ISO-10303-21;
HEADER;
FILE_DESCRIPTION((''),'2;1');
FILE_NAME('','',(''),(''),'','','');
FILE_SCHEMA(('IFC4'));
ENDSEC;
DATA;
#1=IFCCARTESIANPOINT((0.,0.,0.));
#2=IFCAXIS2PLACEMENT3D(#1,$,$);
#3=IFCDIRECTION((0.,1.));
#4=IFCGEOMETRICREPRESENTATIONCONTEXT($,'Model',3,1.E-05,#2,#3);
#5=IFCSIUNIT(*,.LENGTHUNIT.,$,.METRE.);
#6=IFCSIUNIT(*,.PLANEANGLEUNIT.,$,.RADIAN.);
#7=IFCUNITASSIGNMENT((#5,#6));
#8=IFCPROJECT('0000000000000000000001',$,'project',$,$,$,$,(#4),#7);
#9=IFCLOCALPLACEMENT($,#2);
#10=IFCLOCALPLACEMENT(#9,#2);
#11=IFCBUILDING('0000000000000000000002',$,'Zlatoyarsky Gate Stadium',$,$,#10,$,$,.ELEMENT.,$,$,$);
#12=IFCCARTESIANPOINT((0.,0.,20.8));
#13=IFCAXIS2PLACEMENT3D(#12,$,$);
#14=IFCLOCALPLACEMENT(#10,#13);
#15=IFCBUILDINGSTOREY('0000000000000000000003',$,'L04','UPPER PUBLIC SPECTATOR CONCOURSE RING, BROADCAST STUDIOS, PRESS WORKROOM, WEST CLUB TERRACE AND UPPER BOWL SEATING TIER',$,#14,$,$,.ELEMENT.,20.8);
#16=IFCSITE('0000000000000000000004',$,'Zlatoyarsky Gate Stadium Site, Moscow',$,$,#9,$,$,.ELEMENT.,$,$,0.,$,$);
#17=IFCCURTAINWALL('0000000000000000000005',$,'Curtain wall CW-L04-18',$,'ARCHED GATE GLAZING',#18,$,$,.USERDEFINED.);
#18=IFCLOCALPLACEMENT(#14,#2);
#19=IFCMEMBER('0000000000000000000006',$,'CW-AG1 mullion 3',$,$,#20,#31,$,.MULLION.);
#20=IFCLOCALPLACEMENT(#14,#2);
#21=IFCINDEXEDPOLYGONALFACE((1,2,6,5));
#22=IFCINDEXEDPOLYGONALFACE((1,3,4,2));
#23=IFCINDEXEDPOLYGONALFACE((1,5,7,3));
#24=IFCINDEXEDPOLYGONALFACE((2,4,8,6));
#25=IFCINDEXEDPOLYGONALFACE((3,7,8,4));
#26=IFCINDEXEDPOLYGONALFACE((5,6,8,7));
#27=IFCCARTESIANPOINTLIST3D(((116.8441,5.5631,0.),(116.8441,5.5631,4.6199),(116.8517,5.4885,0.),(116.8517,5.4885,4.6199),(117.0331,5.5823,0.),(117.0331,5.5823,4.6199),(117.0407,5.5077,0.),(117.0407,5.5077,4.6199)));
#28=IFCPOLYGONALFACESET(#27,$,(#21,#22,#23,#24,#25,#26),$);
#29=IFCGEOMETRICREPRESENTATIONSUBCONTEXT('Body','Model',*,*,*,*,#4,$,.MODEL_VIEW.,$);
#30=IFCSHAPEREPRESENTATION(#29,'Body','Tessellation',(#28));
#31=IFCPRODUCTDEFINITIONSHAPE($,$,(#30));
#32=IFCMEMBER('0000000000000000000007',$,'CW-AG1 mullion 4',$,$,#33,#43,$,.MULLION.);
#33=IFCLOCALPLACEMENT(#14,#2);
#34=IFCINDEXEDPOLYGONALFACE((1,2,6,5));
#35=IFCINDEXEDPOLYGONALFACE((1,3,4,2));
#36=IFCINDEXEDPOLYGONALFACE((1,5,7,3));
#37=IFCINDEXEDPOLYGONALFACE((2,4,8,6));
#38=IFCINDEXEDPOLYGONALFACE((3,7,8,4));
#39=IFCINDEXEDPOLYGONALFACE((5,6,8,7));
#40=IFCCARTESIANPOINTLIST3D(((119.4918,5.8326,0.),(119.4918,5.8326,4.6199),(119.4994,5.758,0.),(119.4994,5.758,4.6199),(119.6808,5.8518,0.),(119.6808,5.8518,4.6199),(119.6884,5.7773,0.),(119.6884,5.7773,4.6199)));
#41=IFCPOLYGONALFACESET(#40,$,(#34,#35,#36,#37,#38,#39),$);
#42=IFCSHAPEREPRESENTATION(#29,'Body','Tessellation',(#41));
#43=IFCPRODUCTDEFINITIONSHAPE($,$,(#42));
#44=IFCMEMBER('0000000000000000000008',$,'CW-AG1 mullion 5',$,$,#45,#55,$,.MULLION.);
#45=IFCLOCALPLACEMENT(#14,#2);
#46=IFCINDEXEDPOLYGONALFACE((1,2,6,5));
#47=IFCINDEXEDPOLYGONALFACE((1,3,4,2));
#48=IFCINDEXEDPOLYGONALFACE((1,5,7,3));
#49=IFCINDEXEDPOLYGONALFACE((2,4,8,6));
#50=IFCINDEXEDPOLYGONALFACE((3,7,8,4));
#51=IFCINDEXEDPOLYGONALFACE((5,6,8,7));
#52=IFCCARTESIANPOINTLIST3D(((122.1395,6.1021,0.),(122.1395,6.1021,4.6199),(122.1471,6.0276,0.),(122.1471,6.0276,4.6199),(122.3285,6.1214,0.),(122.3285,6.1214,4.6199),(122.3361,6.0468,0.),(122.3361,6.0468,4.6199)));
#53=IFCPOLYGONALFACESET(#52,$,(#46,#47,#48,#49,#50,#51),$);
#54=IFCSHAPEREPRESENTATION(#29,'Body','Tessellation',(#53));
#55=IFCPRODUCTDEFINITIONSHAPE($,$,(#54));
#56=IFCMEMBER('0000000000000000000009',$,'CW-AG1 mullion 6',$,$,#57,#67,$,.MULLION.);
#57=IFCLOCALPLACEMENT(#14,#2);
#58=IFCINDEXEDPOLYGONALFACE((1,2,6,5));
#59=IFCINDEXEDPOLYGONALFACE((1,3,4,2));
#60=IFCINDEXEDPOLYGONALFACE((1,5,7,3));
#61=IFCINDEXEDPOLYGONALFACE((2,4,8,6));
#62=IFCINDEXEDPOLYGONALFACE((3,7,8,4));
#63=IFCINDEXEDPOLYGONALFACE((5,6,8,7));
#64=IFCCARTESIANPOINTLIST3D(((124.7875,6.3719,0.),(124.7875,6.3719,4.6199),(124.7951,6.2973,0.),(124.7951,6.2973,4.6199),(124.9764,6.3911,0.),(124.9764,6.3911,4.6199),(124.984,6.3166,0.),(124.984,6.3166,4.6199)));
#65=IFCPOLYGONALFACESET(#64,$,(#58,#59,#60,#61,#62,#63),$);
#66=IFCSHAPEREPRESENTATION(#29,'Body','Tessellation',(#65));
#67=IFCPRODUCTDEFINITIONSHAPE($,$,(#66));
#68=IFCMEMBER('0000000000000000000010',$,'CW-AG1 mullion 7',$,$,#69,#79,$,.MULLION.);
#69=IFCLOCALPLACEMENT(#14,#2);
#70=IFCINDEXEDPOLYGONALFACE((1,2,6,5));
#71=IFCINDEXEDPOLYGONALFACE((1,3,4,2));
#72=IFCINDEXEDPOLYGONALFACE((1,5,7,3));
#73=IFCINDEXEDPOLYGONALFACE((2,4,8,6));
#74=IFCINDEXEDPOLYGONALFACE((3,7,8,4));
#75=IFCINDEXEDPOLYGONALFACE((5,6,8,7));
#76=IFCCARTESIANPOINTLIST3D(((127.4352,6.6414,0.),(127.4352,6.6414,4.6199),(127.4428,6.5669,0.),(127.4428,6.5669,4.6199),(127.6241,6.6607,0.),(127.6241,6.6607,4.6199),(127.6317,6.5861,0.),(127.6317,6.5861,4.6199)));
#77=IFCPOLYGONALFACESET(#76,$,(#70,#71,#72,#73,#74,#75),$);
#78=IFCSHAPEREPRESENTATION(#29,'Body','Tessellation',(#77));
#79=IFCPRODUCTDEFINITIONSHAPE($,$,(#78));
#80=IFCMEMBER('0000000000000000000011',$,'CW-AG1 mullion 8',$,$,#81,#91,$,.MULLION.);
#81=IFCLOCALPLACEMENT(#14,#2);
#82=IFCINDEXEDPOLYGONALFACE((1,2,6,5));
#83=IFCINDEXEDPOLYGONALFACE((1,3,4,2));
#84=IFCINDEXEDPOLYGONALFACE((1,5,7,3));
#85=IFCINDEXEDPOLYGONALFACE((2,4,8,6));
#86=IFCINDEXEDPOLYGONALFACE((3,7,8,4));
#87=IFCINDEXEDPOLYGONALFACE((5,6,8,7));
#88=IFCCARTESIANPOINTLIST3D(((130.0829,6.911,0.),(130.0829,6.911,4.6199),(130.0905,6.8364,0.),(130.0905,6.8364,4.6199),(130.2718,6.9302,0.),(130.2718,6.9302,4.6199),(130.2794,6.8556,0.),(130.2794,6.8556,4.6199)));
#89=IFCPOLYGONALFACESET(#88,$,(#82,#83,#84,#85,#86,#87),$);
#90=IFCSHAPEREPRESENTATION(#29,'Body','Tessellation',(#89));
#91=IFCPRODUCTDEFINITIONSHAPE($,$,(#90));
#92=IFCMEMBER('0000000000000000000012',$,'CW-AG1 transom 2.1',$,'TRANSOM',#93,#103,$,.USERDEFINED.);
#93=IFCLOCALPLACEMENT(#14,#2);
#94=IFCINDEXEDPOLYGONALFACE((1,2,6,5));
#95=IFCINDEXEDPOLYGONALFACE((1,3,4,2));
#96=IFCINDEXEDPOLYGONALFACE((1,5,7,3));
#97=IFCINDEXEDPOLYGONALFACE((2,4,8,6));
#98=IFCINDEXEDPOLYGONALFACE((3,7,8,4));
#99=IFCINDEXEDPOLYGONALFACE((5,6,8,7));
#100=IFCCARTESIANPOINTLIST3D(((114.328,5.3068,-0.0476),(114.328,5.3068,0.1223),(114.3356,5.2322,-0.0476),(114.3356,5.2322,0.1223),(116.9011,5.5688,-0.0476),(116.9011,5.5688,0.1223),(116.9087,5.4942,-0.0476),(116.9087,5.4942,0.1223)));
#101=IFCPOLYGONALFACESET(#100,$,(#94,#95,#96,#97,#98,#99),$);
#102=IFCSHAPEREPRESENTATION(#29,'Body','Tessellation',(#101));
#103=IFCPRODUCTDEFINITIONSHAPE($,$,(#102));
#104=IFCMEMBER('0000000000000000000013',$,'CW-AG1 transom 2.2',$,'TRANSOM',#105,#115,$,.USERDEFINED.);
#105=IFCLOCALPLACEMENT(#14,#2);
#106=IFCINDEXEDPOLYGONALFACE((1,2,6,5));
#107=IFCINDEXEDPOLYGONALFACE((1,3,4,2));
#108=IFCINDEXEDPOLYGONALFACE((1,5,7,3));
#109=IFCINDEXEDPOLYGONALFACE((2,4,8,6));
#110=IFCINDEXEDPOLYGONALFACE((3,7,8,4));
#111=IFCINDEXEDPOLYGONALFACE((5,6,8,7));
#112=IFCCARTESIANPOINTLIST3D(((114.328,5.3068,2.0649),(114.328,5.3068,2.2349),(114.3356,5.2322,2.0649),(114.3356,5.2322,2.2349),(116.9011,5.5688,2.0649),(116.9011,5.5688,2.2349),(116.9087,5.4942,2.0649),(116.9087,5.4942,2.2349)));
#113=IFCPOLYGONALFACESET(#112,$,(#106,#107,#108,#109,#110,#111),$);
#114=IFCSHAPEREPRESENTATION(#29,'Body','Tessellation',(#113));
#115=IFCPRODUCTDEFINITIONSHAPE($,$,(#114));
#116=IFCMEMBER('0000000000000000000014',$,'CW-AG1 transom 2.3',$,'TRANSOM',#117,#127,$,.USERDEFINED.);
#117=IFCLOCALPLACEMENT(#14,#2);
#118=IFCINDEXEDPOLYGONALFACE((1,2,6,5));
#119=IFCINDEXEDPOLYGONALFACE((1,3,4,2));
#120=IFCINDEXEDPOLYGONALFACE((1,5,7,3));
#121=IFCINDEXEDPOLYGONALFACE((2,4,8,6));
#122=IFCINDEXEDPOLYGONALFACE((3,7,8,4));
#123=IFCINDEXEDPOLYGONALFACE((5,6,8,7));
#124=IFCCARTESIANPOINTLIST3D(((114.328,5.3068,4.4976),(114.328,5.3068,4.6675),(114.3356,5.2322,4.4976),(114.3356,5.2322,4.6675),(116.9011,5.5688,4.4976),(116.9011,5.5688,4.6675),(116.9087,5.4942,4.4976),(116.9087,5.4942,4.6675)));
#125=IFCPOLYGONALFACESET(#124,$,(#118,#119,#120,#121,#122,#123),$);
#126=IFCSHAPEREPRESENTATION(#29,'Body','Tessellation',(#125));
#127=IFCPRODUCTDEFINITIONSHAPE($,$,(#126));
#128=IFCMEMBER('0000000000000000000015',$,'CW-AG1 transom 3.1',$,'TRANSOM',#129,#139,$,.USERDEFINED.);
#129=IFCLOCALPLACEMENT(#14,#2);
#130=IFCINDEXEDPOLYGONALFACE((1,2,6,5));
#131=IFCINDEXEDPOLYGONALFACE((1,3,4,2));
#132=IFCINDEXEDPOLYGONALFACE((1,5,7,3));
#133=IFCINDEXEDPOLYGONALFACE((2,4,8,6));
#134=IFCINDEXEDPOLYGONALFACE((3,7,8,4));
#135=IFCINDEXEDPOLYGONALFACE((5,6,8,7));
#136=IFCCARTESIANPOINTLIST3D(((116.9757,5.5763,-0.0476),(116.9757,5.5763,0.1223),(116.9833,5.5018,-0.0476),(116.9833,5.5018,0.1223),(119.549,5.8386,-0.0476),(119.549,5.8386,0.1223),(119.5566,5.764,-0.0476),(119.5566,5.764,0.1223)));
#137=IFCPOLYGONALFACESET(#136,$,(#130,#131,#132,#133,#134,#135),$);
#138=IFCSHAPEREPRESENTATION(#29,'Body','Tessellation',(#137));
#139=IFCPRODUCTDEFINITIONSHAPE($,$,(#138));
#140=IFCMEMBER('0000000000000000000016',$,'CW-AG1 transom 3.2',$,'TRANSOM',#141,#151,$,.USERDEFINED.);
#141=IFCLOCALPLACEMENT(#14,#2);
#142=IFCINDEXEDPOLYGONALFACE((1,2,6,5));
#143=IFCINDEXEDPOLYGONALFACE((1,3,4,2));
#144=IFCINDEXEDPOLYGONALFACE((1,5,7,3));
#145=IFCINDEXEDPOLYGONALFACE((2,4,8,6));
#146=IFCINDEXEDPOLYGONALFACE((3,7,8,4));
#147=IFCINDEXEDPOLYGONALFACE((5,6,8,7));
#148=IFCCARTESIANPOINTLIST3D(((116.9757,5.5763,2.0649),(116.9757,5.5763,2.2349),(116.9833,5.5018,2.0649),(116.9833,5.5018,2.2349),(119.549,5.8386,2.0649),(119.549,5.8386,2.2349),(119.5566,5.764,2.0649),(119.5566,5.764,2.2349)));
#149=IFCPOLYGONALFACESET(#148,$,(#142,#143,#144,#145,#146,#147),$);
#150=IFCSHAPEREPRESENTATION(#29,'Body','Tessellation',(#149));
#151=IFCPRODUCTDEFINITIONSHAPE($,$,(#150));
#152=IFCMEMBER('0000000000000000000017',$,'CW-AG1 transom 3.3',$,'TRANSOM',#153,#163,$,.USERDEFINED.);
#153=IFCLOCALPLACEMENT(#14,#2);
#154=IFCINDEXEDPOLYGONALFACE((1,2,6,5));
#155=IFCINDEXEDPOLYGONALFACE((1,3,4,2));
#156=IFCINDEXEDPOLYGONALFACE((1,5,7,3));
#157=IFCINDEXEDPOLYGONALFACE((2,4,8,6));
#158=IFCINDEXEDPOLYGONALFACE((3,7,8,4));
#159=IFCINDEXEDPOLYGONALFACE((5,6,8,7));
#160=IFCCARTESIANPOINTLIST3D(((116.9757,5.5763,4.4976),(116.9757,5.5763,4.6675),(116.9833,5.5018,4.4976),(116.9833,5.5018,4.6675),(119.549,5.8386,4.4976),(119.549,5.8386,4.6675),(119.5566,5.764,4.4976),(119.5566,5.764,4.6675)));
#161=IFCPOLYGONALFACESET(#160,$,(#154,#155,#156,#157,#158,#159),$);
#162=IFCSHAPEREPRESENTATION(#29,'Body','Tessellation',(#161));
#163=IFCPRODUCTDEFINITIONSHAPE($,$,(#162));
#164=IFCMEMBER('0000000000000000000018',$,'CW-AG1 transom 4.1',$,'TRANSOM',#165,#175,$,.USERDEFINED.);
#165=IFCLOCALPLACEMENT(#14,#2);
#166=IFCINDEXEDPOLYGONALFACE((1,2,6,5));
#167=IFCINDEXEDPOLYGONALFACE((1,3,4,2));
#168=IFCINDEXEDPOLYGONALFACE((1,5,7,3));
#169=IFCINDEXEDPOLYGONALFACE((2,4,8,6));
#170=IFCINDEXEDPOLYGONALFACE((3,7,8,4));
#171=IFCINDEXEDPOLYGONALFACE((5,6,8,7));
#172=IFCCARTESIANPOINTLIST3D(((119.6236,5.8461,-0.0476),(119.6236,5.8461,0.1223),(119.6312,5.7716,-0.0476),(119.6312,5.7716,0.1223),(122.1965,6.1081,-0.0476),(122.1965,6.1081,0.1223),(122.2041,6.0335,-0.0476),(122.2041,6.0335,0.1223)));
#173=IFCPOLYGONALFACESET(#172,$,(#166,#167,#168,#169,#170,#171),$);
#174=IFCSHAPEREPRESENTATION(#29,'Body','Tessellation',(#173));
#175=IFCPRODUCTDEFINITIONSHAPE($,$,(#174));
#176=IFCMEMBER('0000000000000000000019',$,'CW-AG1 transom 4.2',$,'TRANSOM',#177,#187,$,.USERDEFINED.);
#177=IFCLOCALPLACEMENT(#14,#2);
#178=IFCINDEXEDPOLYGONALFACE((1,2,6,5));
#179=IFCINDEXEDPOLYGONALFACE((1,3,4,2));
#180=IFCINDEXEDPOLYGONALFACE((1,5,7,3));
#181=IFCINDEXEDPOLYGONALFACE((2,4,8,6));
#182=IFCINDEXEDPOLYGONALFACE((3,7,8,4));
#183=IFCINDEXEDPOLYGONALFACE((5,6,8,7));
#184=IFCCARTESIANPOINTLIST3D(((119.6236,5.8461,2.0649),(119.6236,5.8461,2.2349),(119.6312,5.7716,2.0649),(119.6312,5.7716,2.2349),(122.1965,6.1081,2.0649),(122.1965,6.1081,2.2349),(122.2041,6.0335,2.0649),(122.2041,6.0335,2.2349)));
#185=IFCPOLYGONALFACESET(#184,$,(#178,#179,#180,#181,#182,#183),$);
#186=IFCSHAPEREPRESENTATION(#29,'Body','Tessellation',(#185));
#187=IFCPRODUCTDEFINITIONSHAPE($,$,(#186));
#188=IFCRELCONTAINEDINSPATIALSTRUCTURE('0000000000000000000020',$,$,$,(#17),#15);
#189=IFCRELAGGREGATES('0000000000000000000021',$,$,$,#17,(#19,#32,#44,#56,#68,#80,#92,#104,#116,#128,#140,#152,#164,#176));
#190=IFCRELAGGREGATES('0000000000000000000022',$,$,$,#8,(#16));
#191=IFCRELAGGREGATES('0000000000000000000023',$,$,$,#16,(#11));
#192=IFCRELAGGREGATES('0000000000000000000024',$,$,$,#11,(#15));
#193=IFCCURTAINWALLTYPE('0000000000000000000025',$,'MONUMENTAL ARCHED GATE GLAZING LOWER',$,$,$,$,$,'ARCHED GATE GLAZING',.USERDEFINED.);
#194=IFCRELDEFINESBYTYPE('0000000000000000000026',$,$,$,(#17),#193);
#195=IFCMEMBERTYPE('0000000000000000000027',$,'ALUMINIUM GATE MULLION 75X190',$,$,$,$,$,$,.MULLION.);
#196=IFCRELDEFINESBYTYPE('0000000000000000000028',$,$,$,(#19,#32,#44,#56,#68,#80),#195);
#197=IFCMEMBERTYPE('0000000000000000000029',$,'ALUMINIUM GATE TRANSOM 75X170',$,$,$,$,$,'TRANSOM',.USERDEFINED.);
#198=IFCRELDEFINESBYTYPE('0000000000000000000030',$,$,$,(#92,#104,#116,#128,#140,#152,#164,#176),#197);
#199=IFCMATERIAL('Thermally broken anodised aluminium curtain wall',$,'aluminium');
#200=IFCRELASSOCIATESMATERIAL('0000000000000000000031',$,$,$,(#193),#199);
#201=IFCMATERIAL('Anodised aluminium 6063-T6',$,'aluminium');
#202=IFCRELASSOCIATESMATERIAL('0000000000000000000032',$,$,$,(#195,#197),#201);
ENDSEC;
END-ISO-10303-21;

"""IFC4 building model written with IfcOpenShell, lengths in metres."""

from ifc_helpers import new_model, si_unit, direction, frame, origin, origin_2d, place, context, subcontext, project, spatial, rectangle, extrude, material, material_profile, profile_set, type_object, element, aggregate, save


model = new_model("IFC4")

# Units and contexts
model_context = context("Model", 3, precision=1e-05, world=origin(), true_north=direction((0.0, 1.0)))
body_context = subcontext(model_context, "Body", "Model", "MODEL_VIEW")
ifc_project = project(units=[si_unit("LENGTHUNIT", "METRE"), si_unit("PLANEANGLEUNIT", "RADIAN")], contexts=[model_context])

# Site, building, storey
site_placement = place(None, origin())
site = spatial("IfcSite", under=ifc_project, at=site_placement, Name="Zlatoyarsky Gate Stadium Site, Moscow", CompositionType="ELEMENT", RefElevation=0.0)
building_placement = place(site_placement, origin())
building = spatial("IfcBuilding", under=site, at=building_placement, Name="Zlatoyarsky Gate Stadium", CompositionType="ELEMENT")
storey_placement = place(building_placement, frame((0.0, 0.0, 20.8)))
storey = spatial("IfcBuildingStorey", under=building, at=storey_placement, Name="L04", Description="UPPER PUBLIC SPECTATOR CONCOURSE RING, BROADCAST STUDIOS, PRESS WORKROOM, WEST CLUB TERRACE AND UPPER BOWL SEATING TIER", CompositionType="ELEMENT", Elevation=20.8)

# Curtain wall, members
ifc_material_1 = material(Name="Thermally broken anodised aluminium curtain wall", Category="aluminium")
curtain_wall_type = type_object("IfcCurtainWallType", Name="MONUMENTAL ARCHED GATE GLAZING LOWER", ElementType="ARCHED GATE GLAZING", PredefinedType="USERDEFINED", material=ifc_material_1)
curtain_wall_placement = place(storey_placement, origin())
curtain_wall = element("IfcCurtainWall", 1, at=curtain_wall_placement, inside=storey, type_object=curtain_wall_type, Name="Curtain wall CW-L04-18", ObjectType="ARCHED GATE GLAZING", PredefinedType="USERDEFINED")
ifc_material_2 = material(Name="Anodised aluminium 6063-T6", Category="aluminium")
ifc_material_profile_1 = material_profile(ifc_material_2, rectangle(XDim=0.075, YDim=0.1899, at=origin_2d()), Name="ALU 75X190")
ifc_profile_set_1 = profile_set([ifc_material_profile_1], Name="Anodised aluminium 6063-T6")
member_type_1 = type_object("IfcMemberType", Name="ALUMINIUM GATE MULLION 75X190", PredefinedType="MULLION", material=ifc_profile_set_1)
member_1_placement = place(storey_placement, frame((116.9424, 5.5354, 0.0), z_axis=(0.0, 0.0, 1.0), x_axis=(-0.101293, 0.994857, 0.0)))
member_1 = element("IfcMember", 2, at=member_1_placement, type_object=member_type_1, Name="CW-AG1 mullion 3", PredefinedType="MULLION", context=body_context, shape_type="SweptSolid", body=[
    extrude(rectangle(XDim=0.075, YDim=0.1899, at=origin_2d()), origin(), (0.0, 0.0, 1.0), 4.6199),
])
member_2_placement = place(storey_placement, frame((119.5901, 5.8049, 0.0), z_axis=(0.0, 0.0, 1.0), x_axis=(-0.101293, 0.994857, 0.0)))
member_2 = element("IfcMember", 3, at=member_2_placement, type_object=member_type_1, Name="CW-AG1 mullion 4", PredefinedType="MULLION", context=body_context, shape_type="SweptSolid", body=[
    extrude(rectangle(XDim=0.075, YDim=0.1899, at=origin_2d()), origin(), (0.0, 0.0, 1.0), 4.6199),
])
member_3_placement = place(storey_placement, frame((122.2378, 6.0745, 0.0), z_axis=(0.0, 0.0, 1.0), x_axis=(-0.101293, 0.994857, 0.0)))
member_3 = element("IfcMember", 4, at=member_3_placement, type_object=member_type_1, Name="CW-AG1 mullion 5", PredefinedType="MULLION", context=body_context, shape_type="SweptSolid", body=[
    extrude(rectangle(XDim=0.075, YDim=0.1899, at=origin_2d()), origin(), (0.0, 0.0, 1.0), 4.6199),
])
member_4_placement = place(storey_placement, frame((124.8857, 6.3442, 0.0), z_axis=(0.0, 0.0, 1.0), x_axis=(-0.101293, 0.994857, 0.0)))
member_4 = element("IfcMember", 5, at=member_4_placement, type_object=member_type_1, Name="CW-AG1 mullion 6", PredefinedType="MULLION", context=body_context, shape_type="SweptSolid", body=[
    extrude(rectangle(XDim=0.075, YDim=0.1899, at=origin_2d()), origin(), (0.0, 0.0, 1.0), 4.6199),
])
member_5_placement = place(storey_placement, frame((127.5334, 6.6138, 0.0), z_axis=(0.0, 0.0, 1.0), x_axis=(-0.101293, 0.994857, 0.0)))
member_5 = element("IfcMember", 6, at=member_5_placement, type_object=member_type_1, Name="CW-AG1 mullion 7", PredefinedType="MULLION", context=body_context, shape_type="SweptSolid", body=[
    extrude(rectangle(XDim=0.075, YDim=0.1899, at=origin_2d()), origin(), (0.0, 0.0, 1.0), 4.6199),
])
member_6_placement = place(storey_placement, frame((130.1812, 6.8833, 0.0), z_axis=(0.0, 0.0, 1.0), x_axis=(-0.101293, 0.994857, 0.0)))
member_6 = element("IfcMember", 7, at=member_6_placement, type_object=member_type_1, Name="CW-AG1 mullion 8", PredefinedType="MULLION", context=body_context, shape_type="SweptSolid", body=[
    extrude(rectangle(XDim=0.075, YDim=0.1899, at=origin_2d()), origin(), (0.0, 0.0, 1.0), 4.6199),
])
ifc_material_profile_2 = material_profile(ifc_material_2, rectangle(XDim=0.075, YDim=0.1699, at=origin_2d()), Name="ALU 75X170")
ifc_profile_set_2 = profile_set([ifc_material_profile_2], Name="Anodised aluminium 6063-T6")
member_type_2 = type_object("IfcMemberType", Name="ALUMINIUM GATE TRANSOM 75X170", ElementType="TRANSOM", PredefinedType="USERDEFINED", material=ifc_profile_set_2)
member_7_placement = place(storey_placement, frame((114.3318, 5.2695, 0.0374), z_axis=(0.994858, 0.101279, 0.0), x_axis=(-0.101279, 0.994858, 0.0)))
member_7 = element("IfcMember", 8, at=member_7_placement, type_object=member_type_2, Name="CW-AG1 transom 2.1", ObjectType="TRANSOM", PredefinedType="USERDEFINED", context=body_context, shape_type="SweptSolid", body=[
    extrude(rectangle(XDim=0.075, YDim=0.1699, at=origin_2d()), origin(), (0.0, 0.0, 1.0), 2.5864),
])
member_8_placement = place(storey_placement, frame((114.3318, 5.2695, 2.1499), z_axis=(0.994858, 0.101279, 0.0), x_axis=(-0.101279, 0.994858, 0.0)))
member_8 = element("IfcMember", 9, at=member_8_placement, type_object=member_type_2, Name="CW-AG1 transom 2.2", ObjectType="TRANSOM", PredefinedType="USERDEFINED", context=body_context, shape_type="SweptSolid", body=[
    extrude(rectangle(XDim=0.075, YDim=0.1699, at=origin_2d()), origin(), (0.0, 0.0, 1.0), 2.5864),
])
member_9_placement = place(storey_placement, frame((114.3318, 5.2695, 4.5825), z_axis=(0.994858, 0.101279, 0.0), x_axis=(-0.101279, 0.994858, 0.0)))
member_9 = element("IfcMember", 10, at=member_9_placement, type_object=member_type_2, Name="CW-AG1 transom 2.3", ObjectType="TRANSOM", PredefinedType="USERDEFINED", context=body_context, shape_type="SweptSolid", body=[
    extrude(rectangle(XDim=0.075, YDim=0.1699, at=origin_2d()), origin(), (0.0, 0.0, 1.0), 2.5864),
])
member_10_placement = place(storey_placement, frame((116.9795, 5.5391, 0.0374), z_axis=(0.994849, 0.101373, 0.0), x_axis=(-0.101373, 0.994849, 0.0)))
member_10 = element("IfcMember", 11, at=member_10_placement, type_object=member_type_2, Name="CW-AG1 transom 3.1", ObjectType="TRANSOM", PredefinedType="USERDEFINED", context=body_context, shape_type="SweptSolid", body=[
    extrude(rectangle(XDim=0.075, YDim=0.1699, at=origin_2d()), origin(), (0.0, 0.0, 1.0), 2.5867),
])
member_11_placement = place(storey_placement, frame((116.9795, 5.5391, 2.1499), z_axis=(0.994849, 0.101373, 0.0), x_axis=(-0.101373, 0.994849, 0.0)))
member_11 = element("IfcMember", 12, at=member_11_placement, type_object=member_type_2, Name="CW-AG1 transom 3.2", ObjectType="TRANSOM", PredefinedType="USERDEFINED", context=body_context, shape_type="SweptSolid", body=[
    extrude(rectangle(XDim=0.075, YDim=0.1699, at=origin_2d()), origin(), (0.0, 0.0, 1.0), 2.5867),
])
member_12_placement = place(storey_placement, frame((116.9795, 5.5391, 4.5825), z_axis=(0.994849, 0.101373, 0.0), x_axis=(-0.101373, 0.994849, 0.0)))
member_12 = element("IfcMember", 13, at=member_12_placement, type_object=member_type_2, Name="CW-AG1 transom 3.3", ObjectType="TRANSOM", PredefinedType="USERDEFINED", context=body_context, shape_type="SweptSolid", body=[
    extrude(rectangle(XDim=0.075, YDim=0.1699, at=origin_2d()), origin(), (0.0, 0.0, 1.0), 2.5867),
])
member_13_placement = place(storey_placement, frame((119.6274, 5.8088, 0.0374), z_axis=(0.994857, 0.101289, 0.0), x_axis=(-0.101289, 0.994857, 0.0)))
member_13 = element("IfcMember", 14, at=member_13_placement, type_object=member_type_2, Name="CW-AG1 transom 4.1", ObjectType="TRANSOM", PredefinedType="USERDEFINED", context=body_context, shape_type="SweptSolid", body=[
    extrude(rectangle(XDim=0.075, YDim=0.1699, at=origin_2d()), origin(), (0.0, 0.0, 1.0), 2.5862),
])
member_14_placement = place(storey_placement, frame((119.6274, 5.8088, 2.1499), z_axis=(0.994857, 0.101289, 0.0), x_axis=(-0.101289, 0.994857, 0.0)))
member_14 = element("IfcMember", 15, at=member_14_placement, type_object=member_type_2, Name="CW-AG1 transom 4.2", ObjectType="TRANSOM", PredefinedType="USERDEFINED", context=body_context, shape_type="SweptSolid", body=[
    extrude(rectangle(XDim=0.075, YDim=0.1699, at=origin_2d()), origin(), (0.0, 0.0, 1.0), 2.5862),
])
aggregate(curtain_wall, [member_1, member_2, member_3, member_4, member_5, member_6, member_7, member_8, member_9, member_10, member_11, member_12, member_13, member_14])

save(model, "model.ifc")
